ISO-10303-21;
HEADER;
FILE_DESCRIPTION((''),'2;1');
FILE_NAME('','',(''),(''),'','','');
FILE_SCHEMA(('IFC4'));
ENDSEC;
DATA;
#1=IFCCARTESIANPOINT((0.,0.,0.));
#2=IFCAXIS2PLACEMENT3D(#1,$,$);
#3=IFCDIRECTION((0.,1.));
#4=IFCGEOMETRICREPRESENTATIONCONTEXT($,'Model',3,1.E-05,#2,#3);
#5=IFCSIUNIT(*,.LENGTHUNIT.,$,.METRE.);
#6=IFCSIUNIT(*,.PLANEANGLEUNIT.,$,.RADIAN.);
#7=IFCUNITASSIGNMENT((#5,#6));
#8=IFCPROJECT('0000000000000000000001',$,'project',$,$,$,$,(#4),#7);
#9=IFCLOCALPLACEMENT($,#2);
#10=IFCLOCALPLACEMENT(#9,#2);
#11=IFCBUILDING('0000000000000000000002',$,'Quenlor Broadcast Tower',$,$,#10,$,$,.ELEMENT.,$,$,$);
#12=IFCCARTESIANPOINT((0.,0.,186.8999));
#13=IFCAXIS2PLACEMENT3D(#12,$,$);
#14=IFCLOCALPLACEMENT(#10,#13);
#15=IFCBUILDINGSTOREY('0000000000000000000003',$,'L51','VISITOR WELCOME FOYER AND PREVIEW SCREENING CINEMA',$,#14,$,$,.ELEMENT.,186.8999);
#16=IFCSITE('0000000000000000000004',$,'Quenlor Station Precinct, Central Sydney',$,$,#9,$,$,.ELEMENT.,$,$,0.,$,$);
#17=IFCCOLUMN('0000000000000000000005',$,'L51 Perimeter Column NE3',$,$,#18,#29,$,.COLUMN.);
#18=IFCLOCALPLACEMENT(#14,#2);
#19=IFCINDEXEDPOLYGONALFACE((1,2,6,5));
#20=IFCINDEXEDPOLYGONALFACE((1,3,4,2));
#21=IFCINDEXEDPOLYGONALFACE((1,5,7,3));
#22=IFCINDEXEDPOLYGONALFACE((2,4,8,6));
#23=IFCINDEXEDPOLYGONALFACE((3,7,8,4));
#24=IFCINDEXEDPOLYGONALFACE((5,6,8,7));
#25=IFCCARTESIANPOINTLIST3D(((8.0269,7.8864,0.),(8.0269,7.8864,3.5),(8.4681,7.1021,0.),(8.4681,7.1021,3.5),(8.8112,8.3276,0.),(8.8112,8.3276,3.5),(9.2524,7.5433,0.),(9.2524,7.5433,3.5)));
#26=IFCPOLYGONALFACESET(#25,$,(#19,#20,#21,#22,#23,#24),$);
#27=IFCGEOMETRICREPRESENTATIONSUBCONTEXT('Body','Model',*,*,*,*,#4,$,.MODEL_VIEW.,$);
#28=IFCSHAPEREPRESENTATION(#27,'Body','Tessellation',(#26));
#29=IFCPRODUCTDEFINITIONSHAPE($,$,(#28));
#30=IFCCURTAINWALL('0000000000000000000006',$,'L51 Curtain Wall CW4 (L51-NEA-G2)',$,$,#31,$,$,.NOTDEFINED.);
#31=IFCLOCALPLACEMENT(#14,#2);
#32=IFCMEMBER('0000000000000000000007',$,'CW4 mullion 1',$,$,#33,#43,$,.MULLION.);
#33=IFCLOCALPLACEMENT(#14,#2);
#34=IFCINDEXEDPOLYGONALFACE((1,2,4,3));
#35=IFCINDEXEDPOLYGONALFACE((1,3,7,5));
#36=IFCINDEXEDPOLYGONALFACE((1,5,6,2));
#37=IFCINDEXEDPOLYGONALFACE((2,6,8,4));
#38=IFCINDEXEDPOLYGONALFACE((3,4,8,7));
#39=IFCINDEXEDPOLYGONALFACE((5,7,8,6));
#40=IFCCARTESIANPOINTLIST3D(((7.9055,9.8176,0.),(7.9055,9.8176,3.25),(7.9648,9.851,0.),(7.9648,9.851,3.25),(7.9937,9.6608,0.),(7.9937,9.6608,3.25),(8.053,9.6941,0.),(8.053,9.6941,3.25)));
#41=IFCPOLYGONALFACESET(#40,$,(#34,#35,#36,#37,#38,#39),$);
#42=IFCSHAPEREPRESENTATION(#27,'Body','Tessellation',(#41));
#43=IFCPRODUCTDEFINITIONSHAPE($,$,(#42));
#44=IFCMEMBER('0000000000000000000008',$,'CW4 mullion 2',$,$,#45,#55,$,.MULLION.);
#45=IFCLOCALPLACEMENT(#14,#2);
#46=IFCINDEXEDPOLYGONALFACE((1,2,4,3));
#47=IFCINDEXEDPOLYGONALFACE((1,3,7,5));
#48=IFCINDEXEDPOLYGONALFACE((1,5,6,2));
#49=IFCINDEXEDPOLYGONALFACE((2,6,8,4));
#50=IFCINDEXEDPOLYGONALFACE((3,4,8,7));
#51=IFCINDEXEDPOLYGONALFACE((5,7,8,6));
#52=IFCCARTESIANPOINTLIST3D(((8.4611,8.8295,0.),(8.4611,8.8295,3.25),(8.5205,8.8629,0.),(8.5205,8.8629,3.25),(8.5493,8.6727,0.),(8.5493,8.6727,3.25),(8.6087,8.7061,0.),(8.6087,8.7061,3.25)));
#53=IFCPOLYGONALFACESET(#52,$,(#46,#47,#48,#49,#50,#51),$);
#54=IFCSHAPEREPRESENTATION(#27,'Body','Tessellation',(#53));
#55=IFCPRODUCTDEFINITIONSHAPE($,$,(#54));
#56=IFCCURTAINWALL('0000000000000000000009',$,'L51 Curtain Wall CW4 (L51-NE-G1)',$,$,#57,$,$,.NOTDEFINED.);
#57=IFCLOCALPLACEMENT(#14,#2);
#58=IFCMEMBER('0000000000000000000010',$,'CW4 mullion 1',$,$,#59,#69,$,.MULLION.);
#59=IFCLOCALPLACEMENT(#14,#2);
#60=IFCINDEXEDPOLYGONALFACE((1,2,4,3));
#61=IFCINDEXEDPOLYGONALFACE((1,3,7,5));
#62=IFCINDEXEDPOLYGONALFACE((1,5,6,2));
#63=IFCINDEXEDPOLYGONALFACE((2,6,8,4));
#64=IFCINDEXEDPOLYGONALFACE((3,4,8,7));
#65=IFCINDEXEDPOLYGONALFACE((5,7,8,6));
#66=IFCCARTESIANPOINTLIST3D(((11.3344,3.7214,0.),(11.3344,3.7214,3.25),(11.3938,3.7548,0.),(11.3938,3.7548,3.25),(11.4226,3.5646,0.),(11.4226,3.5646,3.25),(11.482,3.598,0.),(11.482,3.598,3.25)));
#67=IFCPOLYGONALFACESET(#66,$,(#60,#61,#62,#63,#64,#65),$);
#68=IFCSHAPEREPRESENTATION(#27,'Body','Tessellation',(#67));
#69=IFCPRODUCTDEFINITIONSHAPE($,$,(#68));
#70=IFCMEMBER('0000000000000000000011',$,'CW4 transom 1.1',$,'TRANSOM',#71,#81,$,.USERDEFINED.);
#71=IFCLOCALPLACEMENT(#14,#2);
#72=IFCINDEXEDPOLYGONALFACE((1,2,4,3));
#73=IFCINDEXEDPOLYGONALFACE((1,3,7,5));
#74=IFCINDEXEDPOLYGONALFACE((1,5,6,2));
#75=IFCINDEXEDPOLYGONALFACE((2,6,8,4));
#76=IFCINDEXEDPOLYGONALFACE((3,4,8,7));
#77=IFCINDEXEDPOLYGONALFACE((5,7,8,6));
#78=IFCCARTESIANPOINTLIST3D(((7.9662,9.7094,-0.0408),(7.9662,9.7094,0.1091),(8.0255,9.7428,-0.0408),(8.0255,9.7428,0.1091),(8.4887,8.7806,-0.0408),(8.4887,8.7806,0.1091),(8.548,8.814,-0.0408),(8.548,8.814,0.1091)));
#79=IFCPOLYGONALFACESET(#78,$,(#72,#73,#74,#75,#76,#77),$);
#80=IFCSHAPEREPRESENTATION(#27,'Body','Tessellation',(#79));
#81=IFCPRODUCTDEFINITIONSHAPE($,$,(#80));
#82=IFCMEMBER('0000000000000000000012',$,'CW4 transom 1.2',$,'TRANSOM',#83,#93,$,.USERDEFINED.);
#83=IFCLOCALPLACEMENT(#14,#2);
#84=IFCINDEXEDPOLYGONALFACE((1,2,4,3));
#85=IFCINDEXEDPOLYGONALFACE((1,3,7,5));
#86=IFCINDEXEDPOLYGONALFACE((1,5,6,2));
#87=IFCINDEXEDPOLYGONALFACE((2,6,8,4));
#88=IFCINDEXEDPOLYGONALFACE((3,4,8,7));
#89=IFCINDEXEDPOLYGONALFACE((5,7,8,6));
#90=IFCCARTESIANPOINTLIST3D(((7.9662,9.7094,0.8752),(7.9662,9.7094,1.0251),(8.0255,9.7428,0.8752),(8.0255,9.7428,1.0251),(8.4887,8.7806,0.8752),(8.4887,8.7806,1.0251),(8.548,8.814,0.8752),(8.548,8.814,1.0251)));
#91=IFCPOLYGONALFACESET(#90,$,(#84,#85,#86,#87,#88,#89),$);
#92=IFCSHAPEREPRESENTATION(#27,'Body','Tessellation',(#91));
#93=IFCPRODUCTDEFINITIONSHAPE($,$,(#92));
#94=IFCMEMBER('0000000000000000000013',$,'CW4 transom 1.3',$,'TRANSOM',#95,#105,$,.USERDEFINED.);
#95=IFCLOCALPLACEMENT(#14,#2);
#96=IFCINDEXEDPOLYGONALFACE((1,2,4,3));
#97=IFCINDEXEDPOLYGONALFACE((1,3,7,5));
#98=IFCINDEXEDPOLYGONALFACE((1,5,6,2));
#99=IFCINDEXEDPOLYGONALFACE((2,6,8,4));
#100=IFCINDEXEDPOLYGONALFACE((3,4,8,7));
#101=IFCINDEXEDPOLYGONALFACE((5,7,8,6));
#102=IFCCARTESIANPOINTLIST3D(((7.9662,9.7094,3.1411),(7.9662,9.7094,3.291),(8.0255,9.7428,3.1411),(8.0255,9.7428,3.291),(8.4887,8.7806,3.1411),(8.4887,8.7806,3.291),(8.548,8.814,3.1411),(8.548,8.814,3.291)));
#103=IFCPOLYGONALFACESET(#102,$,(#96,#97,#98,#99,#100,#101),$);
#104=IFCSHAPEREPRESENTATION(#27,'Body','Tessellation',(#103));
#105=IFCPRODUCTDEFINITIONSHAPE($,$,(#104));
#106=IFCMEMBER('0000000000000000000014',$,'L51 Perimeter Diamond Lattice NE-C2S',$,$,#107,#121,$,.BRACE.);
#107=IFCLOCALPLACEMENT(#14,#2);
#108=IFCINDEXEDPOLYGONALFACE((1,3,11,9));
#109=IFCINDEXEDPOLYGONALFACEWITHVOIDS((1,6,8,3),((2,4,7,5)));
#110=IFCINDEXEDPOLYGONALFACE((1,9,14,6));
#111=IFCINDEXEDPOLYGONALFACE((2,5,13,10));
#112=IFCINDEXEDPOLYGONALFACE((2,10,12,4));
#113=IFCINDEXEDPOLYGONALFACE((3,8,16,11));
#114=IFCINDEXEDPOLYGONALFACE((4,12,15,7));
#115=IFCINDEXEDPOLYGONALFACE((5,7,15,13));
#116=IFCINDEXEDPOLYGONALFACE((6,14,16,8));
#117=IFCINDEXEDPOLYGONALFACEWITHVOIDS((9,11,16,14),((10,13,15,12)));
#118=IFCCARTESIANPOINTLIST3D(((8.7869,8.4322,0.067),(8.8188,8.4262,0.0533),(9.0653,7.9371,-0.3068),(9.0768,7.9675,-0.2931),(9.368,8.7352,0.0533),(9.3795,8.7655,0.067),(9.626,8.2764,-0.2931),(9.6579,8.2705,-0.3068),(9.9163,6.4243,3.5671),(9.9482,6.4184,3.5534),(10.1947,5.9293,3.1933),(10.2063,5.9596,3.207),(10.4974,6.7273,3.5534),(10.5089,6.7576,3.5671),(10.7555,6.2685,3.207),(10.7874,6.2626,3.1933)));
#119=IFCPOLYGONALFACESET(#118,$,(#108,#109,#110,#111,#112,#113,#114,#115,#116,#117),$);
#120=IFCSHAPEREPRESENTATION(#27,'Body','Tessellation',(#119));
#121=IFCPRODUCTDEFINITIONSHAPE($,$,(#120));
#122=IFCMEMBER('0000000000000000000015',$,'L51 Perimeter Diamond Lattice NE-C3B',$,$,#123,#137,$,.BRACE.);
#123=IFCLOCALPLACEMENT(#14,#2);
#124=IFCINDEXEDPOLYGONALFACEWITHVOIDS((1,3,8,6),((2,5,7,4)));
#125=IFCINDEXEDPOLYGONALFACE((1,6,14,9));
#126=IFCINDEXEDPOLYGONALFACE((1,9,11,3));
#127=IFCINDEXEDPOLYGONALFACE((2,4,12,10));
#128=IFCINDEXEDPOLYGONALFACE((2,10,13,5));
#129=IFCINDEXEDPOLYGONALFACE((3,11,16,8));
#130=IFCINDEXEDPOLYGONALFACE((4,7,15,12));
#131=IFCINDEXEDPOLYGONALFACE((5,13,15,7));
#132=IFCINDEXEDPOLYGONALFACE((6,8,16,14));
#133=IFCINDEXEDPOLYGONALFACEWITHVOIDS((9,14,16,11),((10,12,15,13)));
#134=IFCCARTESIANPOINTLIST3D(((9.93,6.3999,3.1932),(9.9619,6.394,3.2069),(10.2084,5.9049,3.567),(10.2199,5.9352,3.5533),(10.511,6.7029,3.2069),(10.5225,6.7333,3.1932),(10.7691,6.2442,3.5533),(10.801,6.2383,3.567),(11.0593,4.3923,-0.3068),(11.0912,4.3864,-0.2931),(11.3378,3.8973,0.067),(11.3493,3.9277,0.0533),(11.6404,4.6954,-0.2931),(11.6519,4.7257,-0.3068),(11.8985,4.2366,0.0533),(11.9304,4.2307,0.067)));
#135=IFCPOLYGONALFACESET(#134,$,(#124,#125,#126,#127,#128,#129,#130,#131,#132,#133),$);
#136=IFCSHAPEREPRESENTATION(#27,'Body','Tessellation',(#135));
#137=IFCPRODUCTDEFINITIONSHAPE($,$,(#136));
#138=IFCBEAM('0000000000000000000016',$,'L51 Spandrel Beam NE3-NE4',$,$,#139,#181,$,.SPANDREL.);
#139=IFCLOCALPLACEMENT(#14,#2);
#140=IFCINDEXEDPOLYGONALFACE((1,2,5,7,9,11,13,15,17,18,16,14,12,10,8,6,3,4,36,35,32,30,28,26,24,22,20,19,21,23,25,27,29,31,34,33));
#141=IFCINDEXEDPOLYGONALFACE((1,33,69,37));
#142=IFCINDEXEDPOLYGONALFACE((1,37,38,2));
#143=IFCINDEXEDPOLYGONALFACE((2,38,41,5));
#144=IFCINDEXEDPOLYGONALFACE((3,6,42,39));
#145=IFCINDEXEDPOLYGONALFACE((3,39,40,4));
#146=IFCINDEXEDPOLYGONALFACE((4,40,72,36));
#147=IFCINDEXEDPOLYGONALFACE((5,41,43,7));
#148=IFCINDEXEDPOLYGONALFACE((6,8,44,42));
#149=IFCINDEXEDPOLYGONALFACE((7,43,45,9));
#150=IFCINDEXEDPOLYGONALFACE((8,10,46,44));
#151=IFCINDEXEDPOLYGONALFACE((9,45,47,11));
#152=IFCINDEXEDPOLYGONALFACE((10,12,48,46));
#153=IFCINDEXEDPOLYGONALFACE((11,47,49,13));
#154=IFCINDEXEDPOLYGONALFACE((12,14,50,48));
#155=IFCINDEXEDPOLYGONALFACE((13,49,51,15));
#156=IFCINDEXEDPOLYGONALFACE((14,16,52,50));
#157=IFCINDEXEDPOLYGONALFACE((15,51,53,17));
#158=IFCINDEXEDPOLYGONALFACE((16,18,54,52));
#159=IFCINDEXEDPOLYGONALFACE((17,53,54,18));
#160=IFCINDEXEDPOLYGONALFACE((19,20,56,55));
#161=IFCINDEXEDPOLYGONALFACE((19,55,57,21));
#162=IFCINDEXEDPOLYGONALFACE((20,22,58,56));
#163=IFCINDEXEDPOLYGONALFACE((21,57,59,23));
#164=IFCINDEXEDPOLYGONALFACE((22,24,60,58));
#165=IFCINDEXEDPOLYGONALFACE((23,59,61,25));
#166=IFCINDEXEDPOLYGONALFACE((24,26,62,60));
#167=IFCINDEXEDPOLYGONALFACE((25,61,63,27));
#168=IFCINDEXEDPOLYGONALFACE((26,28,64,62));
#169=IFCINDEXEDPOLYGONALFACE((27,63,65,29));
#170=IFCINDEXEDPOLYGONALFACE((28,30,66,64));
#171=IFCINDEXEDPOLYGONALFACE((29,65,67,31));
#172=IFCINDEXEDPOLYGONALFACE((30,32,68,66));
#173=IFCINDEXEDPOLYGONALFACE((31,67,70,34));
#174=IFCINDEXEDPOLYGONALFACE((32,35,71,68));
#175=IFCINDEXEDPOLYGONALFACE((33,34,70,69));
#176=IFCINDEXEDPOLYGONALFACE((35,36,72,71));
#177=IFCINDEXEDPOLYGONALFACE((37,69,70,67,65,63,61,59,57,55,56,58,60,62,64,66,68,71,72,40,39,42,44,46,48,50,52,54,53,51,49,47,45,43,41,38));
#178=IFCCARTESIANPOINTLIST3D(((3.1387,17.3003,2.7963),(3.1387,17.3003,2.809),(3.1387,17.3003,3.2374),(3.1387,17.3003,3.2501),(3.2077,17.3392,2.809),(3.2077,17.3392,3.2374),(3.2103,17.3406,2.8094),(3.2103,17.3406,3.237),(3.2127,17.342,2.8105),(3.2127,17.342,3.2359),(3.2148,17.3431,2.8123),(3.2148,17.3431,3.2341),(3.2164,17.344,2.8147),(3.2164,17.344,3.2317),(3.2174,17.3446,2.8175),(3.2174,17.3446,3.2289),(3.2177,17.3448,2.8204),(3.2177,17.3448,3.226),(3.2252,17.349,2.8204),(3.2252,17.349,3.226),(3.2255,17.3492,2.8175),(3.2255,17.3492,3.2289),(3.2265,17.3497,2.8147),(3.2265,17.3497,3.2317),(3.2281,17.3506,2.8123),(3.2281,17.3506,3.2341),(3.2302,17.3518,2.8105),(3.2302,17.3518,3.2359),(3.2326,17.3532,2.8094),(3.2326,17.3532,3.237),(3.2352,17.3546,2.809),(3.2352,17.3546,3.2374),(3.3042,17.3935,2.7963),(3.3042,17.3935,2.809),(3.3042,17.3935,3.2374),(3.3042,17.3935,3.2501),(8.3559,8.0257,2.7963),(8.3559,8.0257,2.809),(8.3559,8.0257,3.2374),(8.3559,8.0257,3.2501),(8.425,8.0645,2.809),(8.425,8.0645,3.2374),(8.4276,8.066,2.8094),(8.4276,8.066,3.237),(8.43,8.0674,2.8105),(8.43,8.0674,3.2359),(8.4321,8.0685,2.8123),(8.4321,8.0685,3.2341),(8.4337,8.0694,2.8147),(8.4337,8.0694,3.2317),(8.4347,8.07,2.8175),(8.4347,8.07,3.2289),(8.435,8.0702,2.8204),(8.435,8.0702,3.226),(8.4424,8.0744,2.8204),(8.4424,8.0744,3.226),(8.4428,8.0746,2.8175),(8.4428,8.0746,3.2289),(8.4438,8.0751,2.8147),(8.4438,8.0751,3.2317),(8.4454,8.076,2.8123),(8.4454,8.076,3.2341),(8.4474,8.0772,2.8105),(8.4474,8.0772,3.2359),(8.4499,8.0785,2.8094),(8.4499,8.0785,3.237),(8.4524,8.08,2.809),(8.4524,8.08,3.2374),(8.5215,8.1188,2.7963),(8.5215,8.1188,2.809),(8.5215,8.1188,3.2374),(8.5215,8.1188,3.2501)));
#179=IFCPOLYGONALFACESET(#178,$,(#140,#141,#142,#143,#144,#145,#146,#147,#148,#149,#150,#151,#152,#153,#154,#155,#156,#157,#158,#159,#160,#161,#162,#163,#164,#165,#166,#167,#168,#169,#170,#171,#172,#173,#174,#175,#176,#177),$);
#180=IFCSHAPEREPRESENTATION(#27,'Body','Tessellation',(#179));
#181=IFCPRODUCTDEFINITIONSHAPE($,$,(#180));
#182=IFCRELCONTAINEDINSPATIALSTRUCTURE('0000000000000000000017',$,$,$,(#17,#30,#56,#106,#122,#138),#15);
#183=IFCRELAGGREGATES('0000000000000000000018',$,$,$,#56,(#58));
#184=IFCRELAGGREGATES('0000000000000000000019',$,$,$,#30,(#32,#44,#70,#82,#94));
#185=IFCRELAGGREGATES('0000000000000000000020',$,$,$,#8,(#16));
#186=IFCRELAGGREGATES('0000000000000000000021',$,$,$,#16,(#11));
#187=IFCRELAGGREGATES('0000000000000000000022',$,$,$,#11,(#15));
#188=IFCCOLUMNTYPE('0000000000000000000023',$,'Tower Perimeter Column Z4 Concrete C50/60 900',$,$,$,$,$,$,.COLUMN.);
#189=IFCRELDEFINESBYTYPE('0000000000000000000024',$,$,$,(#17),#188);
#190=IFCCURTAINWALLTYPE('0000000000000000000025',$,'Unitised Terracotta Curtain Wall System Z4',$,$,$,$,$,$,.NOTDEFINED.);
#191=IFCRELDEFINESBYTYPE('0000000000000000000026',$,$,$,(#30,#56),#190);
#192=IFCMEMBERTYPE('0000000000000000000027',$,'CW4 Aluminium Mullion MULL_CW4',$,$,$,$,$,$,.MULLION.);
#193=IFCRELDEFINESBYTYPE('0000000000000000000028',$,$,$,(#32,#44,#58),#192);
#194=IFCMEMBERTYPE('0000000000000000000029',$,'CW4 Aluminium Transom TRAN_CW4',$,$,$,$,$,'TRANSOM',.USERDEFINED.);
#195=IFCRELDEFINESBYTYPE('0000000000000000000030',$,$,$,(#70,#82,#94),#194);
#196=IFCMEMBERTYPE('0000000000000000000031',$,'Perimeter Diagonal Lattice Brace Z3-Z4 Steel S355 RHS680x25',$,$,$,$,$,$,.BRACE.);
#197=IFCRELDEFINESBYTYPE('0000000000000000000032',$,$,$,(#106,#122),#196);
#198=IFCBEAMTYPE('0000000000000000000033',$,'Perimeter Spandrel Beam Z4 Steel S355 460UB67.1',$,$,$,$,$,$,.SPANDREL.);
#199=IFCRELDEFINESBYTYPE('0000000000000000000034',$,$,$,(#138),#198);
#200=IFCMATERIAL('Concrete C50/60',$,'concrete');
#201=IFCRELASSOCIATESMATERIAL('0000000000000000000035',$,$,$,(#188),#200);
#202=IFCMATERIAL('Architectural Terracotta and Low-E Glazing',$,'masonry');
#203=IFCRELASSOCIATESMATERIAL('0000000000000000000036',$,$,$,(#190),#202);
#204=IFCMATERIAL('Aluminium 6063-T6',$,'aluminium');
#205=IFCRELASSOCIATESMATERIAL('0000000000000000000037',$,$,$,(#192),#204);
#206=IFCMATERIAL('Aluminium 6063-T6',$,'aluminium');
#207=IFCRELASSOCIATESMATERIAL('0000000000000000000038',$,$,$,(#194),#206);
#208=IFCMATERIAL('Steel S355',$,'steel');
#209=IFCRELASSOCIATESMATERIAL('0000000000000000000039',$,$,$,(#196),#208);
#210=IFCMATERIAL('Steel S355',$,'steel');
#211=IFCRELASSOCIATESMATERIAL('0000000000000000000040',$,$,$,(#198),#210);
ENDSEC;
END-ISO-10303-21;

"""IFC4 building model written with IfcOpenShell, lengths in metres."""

from ifc_helpers import new_model, si_unit, direction, frame, origin, origin_2d, place, context, subcontext, project, spatial, rectangle, hollow_rectangle, i_section, extrude, material, material_profile, profile_set, type_object, element, aggregate, save


model = new_model("IFC4")

# Units and contexts
model_context = context("Model", 3, precision=1e-05, world=origin(), true_north=direction((0.0, 1.0)))
body_context = subcontext(model_context, "Body", "Model", "MODEL_VIEW")
ifc_project = project(units=[si_unit("LENGTHUNIT", "METRE"), si_unit("PLANEANGLEUNIT", "RADIAN")], contexts=[model_context])

# Site, building, storey
site_placement = place(None, origin())
site = spatial("IfcSite", under=ifc_project, at=site_placement, Name="Quenlor Station Precinct, Central Sydney", CompositionType="ELEMENT", RefElevation=0.0)
building_placement = place(site_placement, origin())
building = spatial("IfcBuilding", under=site, at=building_placement, Name="Quenlor Broadcast Tower", CompositionType="ELEMENT")
storey_placement = place(building_placement, frame((0.0, 0.0, 186.8999)))
storey = spatial("IfcBuildingStorey", under=building, at=storey_placement, Name="L51", Description="VISITOR WELCOME FOYER AND PREVIEW SCREENING CINEMA", CompositionType="ELEMENT", Elevation=186.8999)

# Column
ifc_material_1 = material(Name="Concrete C50/60", Category="concrete")
ifc_material_profile_1 = material_profile(ifc_material_1, rectangle(XDim=0.8999, YDim=0.8999, at=origin_2d()))
ifc_profile_set_1 = profile_set([ifc_material_profile_1], Name="Concrete C50/60 RC900x900")
column_type = type_object("IfcColumnType", Name="Tower Perimeter Column Z4 Concrete C50/60 900", PredefinedType="COLUMN", material=ifc_profile_set_1)
column_placement = place(storey_placement, frame((8.6396, 7.7148, 0.0), z_axis=(0.0, 0.0, 1.0), x_axis=(0.871575, 0.490262, 0.0)))
element("IfcColumn", 1, at=column_placement, inside=storey, type_object=column_type, Name="L51 Perimeter Column NE3", PredefinedType="COLUMN", context=body_context, shape_type="SweptSolid", body=[
    extrude(rectangle(XDim=0.8999, YDim=0.8999, at=origin_2d()), origin(), (0.0, 0.0, 1.0), 3.5),
])

# Curtain wall, members
ifc_material_2 = material(Name="Architectural Terracotta and Low-E Glazing", Category="masonry")
curtain_wall_type = type_object("IfcCurtainWallType", Name="Unitised Terracotta Curtain Wall System Z4", PredefinedType="NOTDEFINED", material=ifc_material_2)
curtain_wall_1_placement = place(storey_placement, origin())
curtain_wall_1 = element("IfcCurtainWall", 2, at=curtain_wall_1_placement, inside=storey, type_object=curtain_wall_type, Name="L51 Curtain Wall CW4 (L51-NEA-G2)", PredefinedType="NOTDEFINED")
ifc_material_3 = material(Name="Aluminium 6063-T6", Category="aluminium")
ifc_material_profile_2 = material_profile(ifc_material_3, rectangle(XDim=0.0681, YDim=0.1799, at=origin_2d()))
ifc_profile_set_2 = profile_set([ifc_material_profile_2], Name="Aluminium 6063-T6 MULL68x180")
member_type_1 = type_object("IfcMemberType", Name="CW4 Aluminium Mullion MULL_CW4", PredefinedType="MULLION", material=ifc_profile_set_2)
member_1_placement = place(storey_placement, frame((7.9792, 9.7559, 0.0), z_axis=(0.0, 0.0, 1.0), x_axis=(0.871558, 0.490293, 0.0)))
member_1 = element("IfcMember", 3, at=member_1_placement, type_object=member_type_1, Name="CW4 mullion 1", PredefinedType="MULLION", context=body_context, shape_type="SweptSolid", body=[
    extrude(rectangle(XDim=0.0681, YDim=0.1799, at=origin_2d()), origin(), (0.0, 0.0, 1.0), 3.25),
])
member_2_placement = place(storey_placement, frame((8.5349, 8.7678, 0.0), z_axis=(0.0, 0.0, 1.0), x_axis=(0.871558, 0.490293, 0.0)))
member_2 = element("IfcMember", 4, at=member_2_placement, type_object=member_type_1, Name="CW4 mullion 2", PredefinedType="MULLION", context=body_context, shape_type="SweptSolid", body=[
    extrude(rectangle(XDim=0.0681, YDim=0.1799, at=origin_2d()), origin(), (0.0, 0.0, 1.0), 3.25),
])

# Curtain wall, member
curtain_wall_2_placement = place(storey_placement, origin())
curtain_wall_2 = element("IfcCurtainWall", 5, at=curtain_wall_2_placement, inside=storey, type_object=curtain_wall_type, Name="L51 Curtain Wall CW4 (L51-NE-G1)", PredefinedType="NOTDEFINED")
member_3_placement = place(storey_placement, frame((11.4082, 3.6597, 0.0), z_axis=(0.0, 0.0, 1.0), x_axis=(0.87156, 0.490289, 0.0)))
member_3 = element("IfcMember", 6, at=member_3_placement, type_object=member_type_1, Name="CW4 mullion 1", PredefinedType="MULLION", context=body_context, shape_type="SweptSolid", body=[
    extrude(rectangle(XDim=0.0681, YDim=0.1799, at=origin_2d()), origin(), (0.0, 0.0, 1.0), 3.25),
])
aggregate(curtain_wall_2, [member_3])

# Members
ifc_material_4 = material(Name="Aluminium 6063-T6", Category="aluminium")
ifc_material_profile_3 = material_profile(ifc_material_4, rectangle(XDim=0.0681, YDim=0.1499, at=origin_2d()))
ifc_profile_set_3 = profile_set([ifc_material_profile_3], Name="Aluminium 6063-T6 TRAN68x150")
member_type_2 = type_object("IfcMemberType", Name="CW4 Aluminium Transom TRAN_CW4", ElementType="TRANSOM", PredefinedType="USERDEFINED", material=ifc_profile_set_3)
member_4_placement = place(storey_placement, frame((7.9958, 9.7261, 0.0342), z_axis=(0.490305, -0.871551, 0.0), x_axis=(0.871551, 0.490305, 0.0)))
member_4 = element("IfcMember", 7, at=member_4_placement, type_object=member_type_2, Name="CW4 transom 1.1", ObjectType="TRANSOM", PredefinedType="USERDEFINED", context=body_context, shape_type="SweptSolid", body=[
    extrude(rectangle(XDim=0.0681, YDim=0.1499, at=origin_2d()), origin(), (0.0, 0.0, 1.0), 1.0657),
])
member_5_placement = place(storey_placement, frame((7.9958, 9.7261, 0.9502), z_axis=(0.490305, -0.871551, 0.0), x_axis=(0.871551, 0.490305, 0.0)))
member_5 = element("IfcMember", 8, at=member_5_placement, type_object=member_type_2, Name="CW4 transom 1.2", ObjectType="TRANSOM", PredefinedType="USERDEFINED", context=body_context, shape_type="SweptSolid", body=[
    extrude(rectangle(XDim=0.0681, YDim=0.1499, at=origin_2d()), origin(), (0.0, 0.0, 1.0), 1.0657),
])
member_6_placement = place(storey_placement, frame((7.9958, 9.7261, 3.2161), z_axis=(0.490305, -0.871551, 0.0), x_axis=(0.871551, 0.490305, 0.0)))
member_6 = element("IfcMember", 9, at=member_6_placement, type_object=member_type_2, Name="CW4 transom 1.3", ObjectType="TRANSOM", PredefinedType="USERDEFINED", context=body_context, shape_type="SweptSolid", body=[
    extrude(rectangle(XDim=0.0681, YDim=0.1499, at=origin_2d()), origin(), (0.0, 0.0, 1.0), 1.0657),
])

# Members
ifc_material_5 = material(Name="Steel S355", Category="steel")
ifc_material_profile_4 = material_profile(ifc_material_5, hollow_rectangle(XDim=0.6799, YDim=0.6799, WallThickness=0.0249, at=origin_2d()))
ifc_profile_set_4 = profile_set([ifc_material_profile_4], Name="Steel S355 RHS680x680x25")
member_type_3 = type_object("IfcMemberType", Name="Perimeter Diagonal Lattice Brace Z3-Z4 Steel S355 RHS680x25", PredefinedType="BRACE", material=ifc_profile_set_4)
member_7_placement = place(storey_placement, frame((9.2224, 8.3513, -0.1199), z_axis=(0.26954, -0.479181, 0.835305), x_axis=(0.871576, 0.490261, 0.0)))
element("IfcMember", 10, at=member_7_placement, inside=storey, type_object=member_type_3, Name="L51 Perimeter Diamond Lattice NE-C2S", PredefinedType="BRACE", context=body_context, shape_type="SweptSolid", body=[
    extrude(hollow_rectangle(XDim=0.6799, YDim=0.6799, WallThickness=0.0249, at=origin_2d()), origin(), (0.0, 0.0, 1.0), 4.1902),
])
member_8_placement = place(storey_placement, frame((11.4949, 4.3115, -0.1199), z_axis=(-0.269547, 0.479136, 0.835328), x_axis=(-0.87155, -0.490307, 0.0)))
element("IfcMember", 11, at=member_8_placement, inside=storey, type_object=member_type_3, Name="L51 Perimeter Diamond Lattice NE-C3B", PredefinedType="BRACE", context=body_context, shape_type="SweptSolid", body=[
    extrude(hollow_rectangle(XDim=0.6799, YDim=0.6799, WallThickness=0.0249, at=origin_2d()), origin(), (0.0, 0.0, 1.0), 4.1899),
])

# Beam
ifc_material_6 = material(Name="Steel S355", Category="steel")
ifc_material_profile_5 = material_profile(ifc_material_6, i_section(OverallWidth=0.1899, OverallDepth=0.4539, WebThickness=0.0085, FlangeThickness=0.0127, FilletRadius=0.0115, at=origin_2d()))
ifc_profile_set_5 = profile_set([ifc_material_profile_5], Name="Steel S355 460UB67.1")
beam_type_1 = type_object("IfcBeamType", Name="Perimeter Spandrel Beam Z4 Steel S355 460UB67.1", PredefinedType="SPANDREL", material=ifc_profile_set_5)
beam_1_placement = place(storey_placement, frame((8.4387, 8.0723, 3.0232), z_axis=(-0.490282, 0.871564, 0.0), x_axis=(-0.871564, -0.490282, 0.0)))
element("IfcBeam", 12, at=beam_1_placement, inside=storey, type_object=beam_type_1, Name="L51 Spandrel Beam NE3-NE4", PredefinedType="SPANDREL", context=body_context, shape_type="SweptSolid", body=[
    extrude(i_section(OverallWidth=0.1899, OverallDepth=0.4539, WebThickness=0.0085, FlangeThickness=0.0127, FilletRadius=0.0115, at=origin_2d()), origin(), (0.0, 0.0, 1.0), 10.6414),
])

aggregate(curtain_wall_1, [member_1, member_2, member_4, member_5, member_6])

save(model, "model.ifc")
